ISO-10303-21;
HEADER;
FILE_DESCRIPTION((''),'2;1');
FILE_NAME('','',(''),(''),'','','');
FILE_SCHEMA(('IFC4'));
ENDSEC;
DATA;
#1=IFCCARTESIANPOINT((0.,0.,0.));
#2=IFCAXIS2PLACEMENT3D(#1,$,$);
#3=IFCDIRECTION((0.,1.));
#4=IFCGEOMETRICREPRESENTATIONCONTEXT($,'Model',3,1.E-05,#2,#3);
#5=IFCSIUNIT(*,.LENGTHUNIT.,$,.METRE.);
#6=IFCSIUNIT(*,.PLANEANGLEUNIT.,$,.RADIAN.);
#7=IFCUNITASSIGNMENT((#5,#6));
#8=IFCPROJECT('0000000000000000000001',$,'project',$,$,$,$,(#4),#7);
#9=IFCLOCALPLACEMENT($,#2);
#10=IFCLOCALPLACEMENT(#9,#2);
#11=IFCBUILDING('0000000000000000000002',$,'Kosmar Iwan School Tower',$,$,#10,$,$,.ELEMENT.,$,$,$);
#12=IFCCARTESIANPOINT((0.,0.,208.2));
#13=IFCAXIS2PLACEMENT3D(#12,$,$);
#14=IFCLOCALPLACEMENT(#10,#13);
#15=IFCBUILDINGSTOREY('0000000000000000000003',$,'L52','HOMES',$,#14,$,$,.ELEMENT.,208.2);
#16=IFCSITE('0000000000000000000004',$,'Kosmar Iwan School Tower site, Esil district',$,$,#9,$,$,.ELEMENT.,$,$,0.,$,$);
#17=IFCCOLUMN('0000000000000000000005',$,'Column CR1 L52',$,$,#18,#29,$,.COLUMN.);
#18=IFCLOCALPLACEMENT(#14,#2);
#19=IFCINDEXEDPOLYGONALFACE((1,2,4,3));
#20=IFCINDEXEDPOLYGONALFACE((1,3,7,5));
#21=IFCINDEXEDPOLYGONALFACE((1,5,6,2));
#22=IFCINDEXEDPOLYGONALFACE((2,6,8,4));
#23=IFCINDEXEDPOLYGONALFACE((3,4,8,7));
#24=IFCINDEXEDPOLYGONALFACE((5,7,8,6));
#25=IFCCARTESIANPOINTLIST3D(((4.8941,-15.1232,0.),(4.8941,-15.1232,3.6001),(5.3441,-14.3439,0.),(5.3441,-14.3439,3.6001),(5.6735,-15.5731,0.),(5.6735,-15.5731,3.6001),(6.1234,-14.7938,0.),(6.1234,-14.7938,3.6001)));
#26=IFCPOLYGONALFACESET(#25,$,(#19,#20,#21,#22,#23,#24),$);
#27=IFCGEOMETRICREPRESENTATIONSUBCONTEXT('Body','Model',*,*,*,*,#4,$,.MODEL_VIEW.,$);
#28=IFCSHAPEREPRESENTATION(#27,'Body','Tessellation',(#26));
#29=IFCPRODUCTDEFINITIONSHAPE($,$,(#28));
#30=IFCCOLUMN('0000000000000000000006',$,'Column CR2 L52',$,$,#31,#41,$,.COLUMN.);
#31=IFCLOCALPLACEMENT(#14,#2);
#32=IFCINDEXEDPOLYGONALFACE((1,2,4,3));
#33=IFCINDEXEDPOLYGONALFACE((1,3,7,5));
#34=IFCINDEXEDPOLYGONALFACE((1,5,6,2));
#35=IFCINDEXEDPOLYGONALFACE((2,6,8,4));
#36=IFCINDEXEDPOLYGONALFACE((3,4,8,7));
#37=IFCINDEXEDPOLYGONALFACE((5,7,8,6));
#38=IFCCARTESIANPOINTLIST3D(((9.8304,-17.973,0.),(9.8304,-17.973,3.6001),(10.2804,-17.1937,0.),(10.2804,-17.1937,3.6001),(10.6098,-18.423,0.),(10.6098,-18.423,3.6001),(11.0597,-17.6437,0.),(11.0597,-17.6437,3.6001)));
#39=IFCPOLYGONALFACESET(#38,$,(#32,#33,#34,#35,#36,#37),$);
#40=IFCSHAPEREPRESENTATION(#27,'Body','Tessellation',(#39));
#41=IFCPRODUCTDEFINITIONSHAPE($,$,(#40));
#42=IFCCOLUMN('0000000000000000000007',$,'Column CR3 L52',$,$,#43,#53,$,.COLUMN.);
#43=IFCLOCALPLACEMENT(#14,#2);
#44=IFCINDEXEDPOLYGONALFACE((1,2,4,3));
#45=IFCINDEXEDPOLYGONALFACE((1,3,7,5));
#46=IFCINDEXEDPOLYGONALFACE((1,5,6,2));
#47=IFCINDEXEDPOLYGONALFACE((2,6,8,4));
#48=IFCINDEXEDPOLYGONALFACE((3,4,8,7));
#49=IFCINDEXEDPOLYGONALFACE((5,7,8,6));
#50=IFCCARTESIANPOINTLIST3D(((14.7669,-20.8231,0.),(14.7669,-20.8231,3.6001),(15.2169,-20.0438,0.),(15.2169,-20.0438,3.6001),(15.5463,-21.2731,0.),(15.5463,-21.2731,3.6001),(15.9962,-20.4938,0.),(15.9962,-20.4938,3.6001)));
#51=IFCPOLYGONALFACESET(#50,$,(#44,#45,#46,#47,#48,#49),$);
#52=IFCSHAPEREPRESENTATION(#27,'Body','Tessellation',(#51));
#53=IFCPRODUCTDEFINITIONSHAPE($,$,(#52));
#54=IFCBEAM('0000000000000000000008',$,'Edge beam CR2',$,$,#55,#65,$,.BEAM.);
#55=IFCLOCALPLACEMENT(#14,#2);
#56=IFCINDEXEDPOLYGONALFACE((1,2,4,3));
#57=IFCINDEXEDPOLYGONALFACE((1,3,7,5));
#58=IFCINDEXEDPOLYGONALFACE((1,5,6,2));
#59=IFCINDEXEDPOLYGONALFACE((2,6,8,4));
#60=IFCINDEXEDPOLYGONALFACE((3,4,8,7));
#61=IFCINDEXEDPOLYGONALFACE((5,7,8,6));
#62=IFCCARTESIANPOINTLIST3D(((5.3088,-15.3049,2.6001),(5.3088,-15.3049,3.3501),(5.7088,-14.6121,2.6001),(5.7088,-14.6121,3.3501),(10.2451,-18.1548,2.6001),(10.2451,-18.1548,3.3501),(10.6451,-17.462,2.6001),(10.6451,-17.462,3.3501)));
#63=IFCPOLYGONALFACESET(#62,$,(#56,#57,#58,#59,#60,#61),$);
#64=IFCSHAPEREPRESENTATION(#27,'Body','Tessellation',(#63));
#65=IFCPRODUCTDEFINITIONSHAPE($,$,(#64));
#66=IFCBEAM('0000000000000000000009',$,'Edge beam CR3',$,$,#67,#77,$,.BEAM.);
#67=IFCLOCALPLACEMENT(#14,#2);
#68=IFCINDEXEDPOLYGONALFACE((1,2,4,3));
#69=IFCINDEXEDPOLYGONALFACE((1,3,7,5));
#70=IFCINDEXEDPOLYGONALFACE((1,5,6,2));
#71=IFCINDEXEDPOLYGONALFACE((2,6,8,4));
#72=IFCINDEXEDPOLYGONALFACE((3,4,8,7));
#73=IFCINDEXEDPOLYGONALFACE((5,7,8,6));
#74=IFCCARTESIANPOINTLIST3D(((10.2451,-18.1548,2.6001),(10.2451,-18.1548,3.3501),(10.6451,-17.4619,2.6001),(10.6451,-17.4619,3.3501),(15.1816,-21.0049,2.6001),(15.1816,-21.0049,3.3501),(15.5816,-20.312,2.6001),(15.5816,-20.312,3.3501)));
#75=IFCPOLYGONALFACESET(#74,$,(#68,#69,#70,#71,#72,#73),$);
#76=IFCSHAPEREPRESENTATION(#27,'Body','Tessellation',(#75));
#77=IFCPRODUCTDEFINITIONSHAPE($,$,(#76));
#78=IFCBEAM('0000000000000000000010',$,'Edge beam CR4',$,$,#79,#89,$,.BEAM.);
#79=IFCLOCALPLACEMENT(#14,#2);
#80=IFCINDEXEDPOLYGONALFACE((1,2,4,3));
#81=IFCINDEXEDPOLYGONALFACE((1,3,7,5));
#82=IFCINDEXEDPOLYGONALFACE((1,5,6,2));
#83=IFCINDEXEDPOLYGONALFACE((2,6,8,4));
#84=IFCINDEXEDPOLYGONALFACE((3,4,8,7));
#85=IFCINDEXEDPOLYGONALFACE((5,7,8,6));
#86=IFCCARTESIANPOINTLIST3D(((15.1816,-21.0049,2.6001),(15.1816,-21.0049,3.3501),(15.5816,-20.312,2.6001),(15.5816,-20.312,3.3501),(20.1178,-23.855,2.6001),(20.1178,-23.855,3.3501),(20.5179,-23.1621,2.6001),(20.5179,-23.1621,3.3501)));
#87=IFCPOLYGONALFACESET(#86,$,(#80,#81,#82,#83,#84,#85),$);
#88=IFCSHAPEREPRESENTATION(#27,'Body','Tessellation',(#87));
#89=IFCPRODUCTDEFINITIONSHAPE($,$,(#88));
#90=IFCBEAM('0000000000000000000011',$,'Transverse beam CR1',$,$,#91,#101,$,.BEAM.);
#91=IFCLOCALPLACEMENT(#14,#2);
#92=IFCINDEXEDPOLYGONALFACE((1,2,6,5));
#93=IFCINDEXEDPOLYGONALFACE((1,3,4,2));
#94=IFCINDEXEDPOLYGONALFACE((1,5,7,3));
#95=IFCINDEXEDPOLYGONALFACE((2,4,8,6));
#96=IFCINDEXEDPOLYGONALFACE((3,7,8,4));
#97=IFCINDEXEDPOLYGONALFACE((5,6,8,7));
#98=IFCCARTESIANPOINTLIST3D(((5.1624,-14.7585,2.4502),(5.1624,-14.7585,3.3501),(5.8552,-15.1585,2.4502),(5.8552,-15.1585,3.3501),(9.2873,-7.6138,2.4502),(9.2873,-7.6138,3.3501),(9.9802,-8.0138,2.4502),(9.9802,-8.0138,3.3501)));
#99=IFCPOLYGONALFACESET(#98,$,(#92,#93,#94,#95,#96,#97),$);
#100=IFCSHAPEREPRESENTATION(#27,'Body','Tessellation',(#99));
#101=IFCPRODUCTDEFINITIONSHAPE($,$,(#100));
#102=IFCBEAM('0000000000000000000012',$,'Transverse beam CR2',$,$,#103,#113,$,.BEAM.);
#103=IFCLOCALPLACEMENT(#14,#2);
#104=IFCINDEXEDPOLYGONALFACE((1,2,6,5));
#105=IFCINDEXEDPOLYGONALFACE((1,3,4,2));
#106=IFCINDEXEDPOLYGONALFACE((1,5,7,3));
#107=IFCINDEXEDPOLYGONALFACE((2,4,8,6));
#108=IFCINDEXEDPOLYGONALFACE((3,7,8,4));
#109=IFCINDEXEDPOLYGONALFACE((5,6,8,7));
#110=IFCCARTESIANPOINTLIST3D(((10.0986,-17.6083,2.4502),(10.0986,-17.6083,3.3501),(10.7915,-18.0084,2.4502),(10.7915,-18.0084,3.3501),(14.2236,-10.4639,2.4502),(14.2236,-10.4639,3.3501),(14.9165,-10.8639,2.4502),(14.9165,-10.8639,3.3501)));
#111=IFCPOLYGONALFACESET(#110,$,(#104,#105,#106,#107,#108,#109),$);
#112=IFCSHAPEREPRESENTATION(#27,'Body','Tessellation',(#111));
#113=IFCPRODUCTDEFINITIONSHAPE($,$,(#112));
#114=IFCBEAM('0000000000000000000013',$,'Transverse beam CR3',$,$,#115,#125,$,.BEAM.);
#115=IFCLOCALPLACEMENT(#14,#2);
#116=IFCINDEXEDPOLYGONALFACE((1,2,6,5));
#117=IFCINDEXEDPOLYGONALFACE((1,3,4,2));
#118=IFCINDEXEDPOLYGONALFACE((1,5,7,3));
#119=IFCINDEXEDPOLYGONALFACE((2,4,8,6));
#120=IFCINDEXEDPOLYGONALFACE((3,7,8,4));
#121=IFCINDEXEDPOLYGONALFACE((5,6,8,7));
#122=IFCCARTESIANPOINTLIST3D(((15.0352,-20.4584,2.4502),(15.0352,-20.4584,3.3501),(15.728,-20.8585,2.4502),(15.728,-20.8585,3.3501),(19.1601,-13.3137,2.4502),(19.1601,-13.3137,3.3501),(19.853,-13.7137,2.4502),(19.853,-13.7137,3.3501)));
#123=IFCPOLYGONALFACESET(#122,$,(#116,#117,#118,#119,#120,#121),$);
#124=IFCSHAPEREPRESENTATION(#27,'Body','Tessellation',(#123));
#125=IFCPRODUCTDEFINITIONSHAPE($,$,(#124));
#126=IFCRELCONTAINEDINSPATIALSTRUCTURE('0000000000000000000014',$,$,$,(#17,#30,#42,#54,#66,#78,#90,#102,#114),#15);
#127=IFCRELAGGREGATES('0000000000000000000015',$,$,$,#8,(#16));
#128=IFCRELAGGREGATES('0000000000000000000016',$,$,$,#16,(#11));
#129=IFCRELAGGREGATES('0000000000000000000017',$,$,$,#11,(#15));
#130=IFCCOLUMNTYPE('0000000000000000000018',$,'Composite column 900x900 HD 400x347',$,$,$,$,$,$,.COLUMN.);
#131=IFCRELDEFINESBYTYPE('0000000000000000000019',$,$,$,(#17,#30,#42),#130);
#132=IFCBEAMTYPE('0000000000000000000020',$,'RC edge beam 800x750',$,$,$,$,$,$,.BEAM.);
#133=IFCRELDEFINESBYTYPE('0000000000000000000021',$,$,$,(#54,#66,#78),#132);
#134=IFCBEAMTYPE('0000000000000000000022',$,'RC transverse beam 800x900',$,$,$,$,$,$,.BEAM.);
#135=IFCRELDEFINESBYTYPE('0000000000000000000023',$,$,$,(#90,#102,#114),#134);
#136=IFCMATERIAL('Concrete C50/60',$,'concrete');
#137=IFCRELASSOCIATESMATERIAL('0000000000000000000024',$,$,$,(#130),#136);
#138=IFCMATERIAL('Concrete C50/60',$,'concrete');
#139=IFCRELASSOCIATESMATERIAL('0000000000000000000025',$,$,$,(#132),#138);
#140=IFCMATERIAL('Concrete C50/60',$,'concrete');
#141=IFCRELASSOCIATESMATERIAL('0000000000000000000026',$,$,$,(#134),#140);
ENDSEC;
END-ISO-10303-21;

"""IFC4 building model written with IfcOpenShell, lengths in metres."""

from ifc_helpers import new_model, si_unit, direction, frame, origin, origin_2d, place, context, subcontext, project, spatial, rectangle, extrude, material, material_profile, profile_set, type_object, element, save


model = new_model("IFC4")

# Units and contexts
model_context = context("Model", 3, precision=1e-05, world=origin(), true_north=direction((0.0, 1.0)))
body_context = subcontext(model_context, "Body", "Model", "MODEL_VIEW")
ifc_project = project(units=[si_unit("LENGTHUNIT", "METRE"), si_unit("PLANEANGLEUNIT", "RADIAN")], contexts=[model_context])

# Site, building, storey
site_placement = place(None, origin())
site = spatial("IfcSite", under=ifc_project, at=site_placement, Name="Kosmar Iwan School Tower site, Esil district", CompositionType="ELEMENT", RefElevation=0.0)
building_placement = place(site_placement, origin())
building = spatial("IfcBuilding", under=site, at=building_placement, Name="Kosmar Iwan School Tower", CompositionType="ELEMENT")
storey_placement = place(building_placement, frame((0.0, 0.0, 208.2)))
storey = spatial("IfcBuildingStorey", under=building, at=storey_placement, Name="L52", Description="HOMES", CompositionType="ELEMENT", Elevation=208.2)

# Columns
ifc_material_1 = material(Name="Concrete C50/60", Category="concrete")
ifc_material_profile_1 = material_profile(ifc_material_1, rectangle(XDim=0.8999, YDim=0.8999, at=origin_2d()), Name="RC 900x900 + HD 400x347")
ifc_profile_set_1 = profile_set([ifc_material_profile_1], Name="Concrete C50/60")
column_type = type_object("IfcColumnType", Name="Composite column 900x900 HD 400x347", PredefinedType="COLUMN", material=ifc_profile_set_1)
for number, where, z_axis, x_axis, name in (
    (1, (5.5088, -14.9585, 0.0), (0.0, 0.0, 1.0), (0.866025, -0.5, 0.0), "Column CR1 L52"),
    (2, (10.4451, -17.8083, 0.0), (0.0, 0.0, 1.0), (0.866025, -0.5, 0.0), "Column CR2 L52"),
    (3, (15.3816, -20.6584, 0.0), (0.0, 0.0, 1.0), (0.866025, -0.5, 0.0), "Column CR3 L52"),
):
    element("IfcColumn", number, at=place(storey_placement, frame(where, z_axis=z_axis, x_axis=x_axis)), inside=storey, type_object=column_type, Name=name, PredefinedType="COLUMN", context=body_context, shape_type="SweptSolid", body=[
        extrude(rectangle(XDim=0.8999, YDim=0.8999, at=origin_2d()), origin(), (0.0, 0.0, 1.0), 3.6001),
    ])

# Beams
ifc_material_2 = material(Name="Concrete C50/60", Category="concrete")
ifc_material_profile_2 = material_profile(ifc_material_2, rectangle(XDim=0.8, YDim=0.75, at=origin_2d()), Name="RC 800x750")
ifc_profile_set_2 = profile_set([ifc_material_profile_2], Name="Concrete C50/60")
beam_type_1 = type_object("IfcBeamType", Name="RC edge beam 800x750", PredefinedType="BEAM", material=ifc_profile_set_2)
beam_1_placement = place(storey_placement, frame((5.5088, -14.9585, 2.9751), z_axis=(0.866034, -0.499986, 0.0), x_axis=(0.499986, 0.866034, 0.0)))
element("IfcBeam", 4, at=beam_1_placement, inside=storey, type_object=beam_type_1, Name="Edge beam CR2", PredefinedType="BEAM", context=body_context, shape_type="SweptSolid", body=[
    extrude(rectangle(XDim=0.8, YDim=0.75, at=origin_2d()), origin(), (0.0, 0.0, 1.0), 5.7),
])
beam_2_placement = place(storey_placement, frame((10.4451, -17.8083, 2.9751), z_axis=(0.866026, -0.499999, 0.0), x_axis=(0.499999, 0.866026, 0.0)))
element("IfcBeam", 5, at=beam_2_placement, inside=storey, type_object=beam_type_1, Name="Edge beam CR3", PredefinedType="BEAM", context=body_context, shape_type="SweptSolid", body=[
    extrude(rectangle(XDim=0.8, YDim=0.75, at=origin_2d()), origin(), (0.0, 0.0, 1.0), 5.7002),
])
beam_3_placement = place(storey_placement, frame((15.3816, -20.6584, 2.9751), z_axis=(0.866015, -0.500018, 0.0), x_axis=(0.500018, 0.866015, 0.0)))
element("IfcBeam", 6, at=beam_3_placement, inside=storey, type_object=beam_type_1, Name="Edge beam CR4", PredefinedType="BEAM", context=body_context, shape_type="SweptSolid", body=[
    extrude(rectangle(XDim=0.8, YDim=0.75, at=origin_2d()), origin(), (0.0, 0.0, 1.0), 5.7),
])
ifc_material_3 = material(Name="Concrete C50/60", Category="concrete")
ifc_material_profile_3 = material_profile(ifc_material_3, rectangle(XDim=0.8, YDim=0.8999, at=origin_2d()), Name="RC 800x900")
ifc_profile_set_3 = profile_set([ifc_material_profile_3], Name="Concrete C50/60")
beam_type_2 = type_object("IfcBeamType", Name="RC transverse beam 800x900", PredefinedType="BEAM", material=ifc_profile_set_3)
beam_4_placement = place(storey_placement, frame((5.5088, -14.9585, 2.9001), z_axis=(0.499997, 0.866027, 0.0), x_axis=(-0.866027, 0.499997, 0.0)))
element("IfcBeam", 7, at=beam_4_placement, inside=storey, type_object=beam_type_2, Name="Transverse beam CR1", PredefinedType="BEAM", context=body_context, shape_type="SweptSolid", body=[
    extrude(rectangle(XDim=0.8, YDim=0.8999, at=origin_2d()), origin(), (0.0, 0.0, 1.0), 8.25),
])
beam_5_placement = place(storey_placement, frame((10.4451, -17.8083, 2.9001), z_axis=(0.500009, 0.86602, 0.0), x_axis=(-0.86602, 0.500009, 0.0)))
element("IfcBeam", 8, at=beam_5_placement, inside=storey, type_object=beam_type_2, Name="Transverse beam CR2", PredefinedType="BEAM", context=body_context, shape_type="SweptSolid", body=[
    extrude(rectangle(XDim=0.8, YDim=0.8999, at=origin_2d()), origin(), (0.0, 0.0, 1.0), 8.2498),
])
beam_6_placement = place(storey_placement, frame((15.3816, -20.6584, 2.9001), z_axis=(0.499997, 0.866027, 0.0), x_axis=(-0.866027, 0.499997, 0.0)))
element("IfcBeam", 9, at=beam_6_placement, inside=storey, type_object=beam_type_2, Name="Transverse beam CR3", PredefinedType="BEAM", context=body_context, shape_type="SweptSolid", body=[
    extrude(rectangle(XDim=0.8, YDim=0.8999, at=origin_2d()), origin(), (0.0, 0.0, 1.0), 8.25),
])

save(model, "model.ifc")
